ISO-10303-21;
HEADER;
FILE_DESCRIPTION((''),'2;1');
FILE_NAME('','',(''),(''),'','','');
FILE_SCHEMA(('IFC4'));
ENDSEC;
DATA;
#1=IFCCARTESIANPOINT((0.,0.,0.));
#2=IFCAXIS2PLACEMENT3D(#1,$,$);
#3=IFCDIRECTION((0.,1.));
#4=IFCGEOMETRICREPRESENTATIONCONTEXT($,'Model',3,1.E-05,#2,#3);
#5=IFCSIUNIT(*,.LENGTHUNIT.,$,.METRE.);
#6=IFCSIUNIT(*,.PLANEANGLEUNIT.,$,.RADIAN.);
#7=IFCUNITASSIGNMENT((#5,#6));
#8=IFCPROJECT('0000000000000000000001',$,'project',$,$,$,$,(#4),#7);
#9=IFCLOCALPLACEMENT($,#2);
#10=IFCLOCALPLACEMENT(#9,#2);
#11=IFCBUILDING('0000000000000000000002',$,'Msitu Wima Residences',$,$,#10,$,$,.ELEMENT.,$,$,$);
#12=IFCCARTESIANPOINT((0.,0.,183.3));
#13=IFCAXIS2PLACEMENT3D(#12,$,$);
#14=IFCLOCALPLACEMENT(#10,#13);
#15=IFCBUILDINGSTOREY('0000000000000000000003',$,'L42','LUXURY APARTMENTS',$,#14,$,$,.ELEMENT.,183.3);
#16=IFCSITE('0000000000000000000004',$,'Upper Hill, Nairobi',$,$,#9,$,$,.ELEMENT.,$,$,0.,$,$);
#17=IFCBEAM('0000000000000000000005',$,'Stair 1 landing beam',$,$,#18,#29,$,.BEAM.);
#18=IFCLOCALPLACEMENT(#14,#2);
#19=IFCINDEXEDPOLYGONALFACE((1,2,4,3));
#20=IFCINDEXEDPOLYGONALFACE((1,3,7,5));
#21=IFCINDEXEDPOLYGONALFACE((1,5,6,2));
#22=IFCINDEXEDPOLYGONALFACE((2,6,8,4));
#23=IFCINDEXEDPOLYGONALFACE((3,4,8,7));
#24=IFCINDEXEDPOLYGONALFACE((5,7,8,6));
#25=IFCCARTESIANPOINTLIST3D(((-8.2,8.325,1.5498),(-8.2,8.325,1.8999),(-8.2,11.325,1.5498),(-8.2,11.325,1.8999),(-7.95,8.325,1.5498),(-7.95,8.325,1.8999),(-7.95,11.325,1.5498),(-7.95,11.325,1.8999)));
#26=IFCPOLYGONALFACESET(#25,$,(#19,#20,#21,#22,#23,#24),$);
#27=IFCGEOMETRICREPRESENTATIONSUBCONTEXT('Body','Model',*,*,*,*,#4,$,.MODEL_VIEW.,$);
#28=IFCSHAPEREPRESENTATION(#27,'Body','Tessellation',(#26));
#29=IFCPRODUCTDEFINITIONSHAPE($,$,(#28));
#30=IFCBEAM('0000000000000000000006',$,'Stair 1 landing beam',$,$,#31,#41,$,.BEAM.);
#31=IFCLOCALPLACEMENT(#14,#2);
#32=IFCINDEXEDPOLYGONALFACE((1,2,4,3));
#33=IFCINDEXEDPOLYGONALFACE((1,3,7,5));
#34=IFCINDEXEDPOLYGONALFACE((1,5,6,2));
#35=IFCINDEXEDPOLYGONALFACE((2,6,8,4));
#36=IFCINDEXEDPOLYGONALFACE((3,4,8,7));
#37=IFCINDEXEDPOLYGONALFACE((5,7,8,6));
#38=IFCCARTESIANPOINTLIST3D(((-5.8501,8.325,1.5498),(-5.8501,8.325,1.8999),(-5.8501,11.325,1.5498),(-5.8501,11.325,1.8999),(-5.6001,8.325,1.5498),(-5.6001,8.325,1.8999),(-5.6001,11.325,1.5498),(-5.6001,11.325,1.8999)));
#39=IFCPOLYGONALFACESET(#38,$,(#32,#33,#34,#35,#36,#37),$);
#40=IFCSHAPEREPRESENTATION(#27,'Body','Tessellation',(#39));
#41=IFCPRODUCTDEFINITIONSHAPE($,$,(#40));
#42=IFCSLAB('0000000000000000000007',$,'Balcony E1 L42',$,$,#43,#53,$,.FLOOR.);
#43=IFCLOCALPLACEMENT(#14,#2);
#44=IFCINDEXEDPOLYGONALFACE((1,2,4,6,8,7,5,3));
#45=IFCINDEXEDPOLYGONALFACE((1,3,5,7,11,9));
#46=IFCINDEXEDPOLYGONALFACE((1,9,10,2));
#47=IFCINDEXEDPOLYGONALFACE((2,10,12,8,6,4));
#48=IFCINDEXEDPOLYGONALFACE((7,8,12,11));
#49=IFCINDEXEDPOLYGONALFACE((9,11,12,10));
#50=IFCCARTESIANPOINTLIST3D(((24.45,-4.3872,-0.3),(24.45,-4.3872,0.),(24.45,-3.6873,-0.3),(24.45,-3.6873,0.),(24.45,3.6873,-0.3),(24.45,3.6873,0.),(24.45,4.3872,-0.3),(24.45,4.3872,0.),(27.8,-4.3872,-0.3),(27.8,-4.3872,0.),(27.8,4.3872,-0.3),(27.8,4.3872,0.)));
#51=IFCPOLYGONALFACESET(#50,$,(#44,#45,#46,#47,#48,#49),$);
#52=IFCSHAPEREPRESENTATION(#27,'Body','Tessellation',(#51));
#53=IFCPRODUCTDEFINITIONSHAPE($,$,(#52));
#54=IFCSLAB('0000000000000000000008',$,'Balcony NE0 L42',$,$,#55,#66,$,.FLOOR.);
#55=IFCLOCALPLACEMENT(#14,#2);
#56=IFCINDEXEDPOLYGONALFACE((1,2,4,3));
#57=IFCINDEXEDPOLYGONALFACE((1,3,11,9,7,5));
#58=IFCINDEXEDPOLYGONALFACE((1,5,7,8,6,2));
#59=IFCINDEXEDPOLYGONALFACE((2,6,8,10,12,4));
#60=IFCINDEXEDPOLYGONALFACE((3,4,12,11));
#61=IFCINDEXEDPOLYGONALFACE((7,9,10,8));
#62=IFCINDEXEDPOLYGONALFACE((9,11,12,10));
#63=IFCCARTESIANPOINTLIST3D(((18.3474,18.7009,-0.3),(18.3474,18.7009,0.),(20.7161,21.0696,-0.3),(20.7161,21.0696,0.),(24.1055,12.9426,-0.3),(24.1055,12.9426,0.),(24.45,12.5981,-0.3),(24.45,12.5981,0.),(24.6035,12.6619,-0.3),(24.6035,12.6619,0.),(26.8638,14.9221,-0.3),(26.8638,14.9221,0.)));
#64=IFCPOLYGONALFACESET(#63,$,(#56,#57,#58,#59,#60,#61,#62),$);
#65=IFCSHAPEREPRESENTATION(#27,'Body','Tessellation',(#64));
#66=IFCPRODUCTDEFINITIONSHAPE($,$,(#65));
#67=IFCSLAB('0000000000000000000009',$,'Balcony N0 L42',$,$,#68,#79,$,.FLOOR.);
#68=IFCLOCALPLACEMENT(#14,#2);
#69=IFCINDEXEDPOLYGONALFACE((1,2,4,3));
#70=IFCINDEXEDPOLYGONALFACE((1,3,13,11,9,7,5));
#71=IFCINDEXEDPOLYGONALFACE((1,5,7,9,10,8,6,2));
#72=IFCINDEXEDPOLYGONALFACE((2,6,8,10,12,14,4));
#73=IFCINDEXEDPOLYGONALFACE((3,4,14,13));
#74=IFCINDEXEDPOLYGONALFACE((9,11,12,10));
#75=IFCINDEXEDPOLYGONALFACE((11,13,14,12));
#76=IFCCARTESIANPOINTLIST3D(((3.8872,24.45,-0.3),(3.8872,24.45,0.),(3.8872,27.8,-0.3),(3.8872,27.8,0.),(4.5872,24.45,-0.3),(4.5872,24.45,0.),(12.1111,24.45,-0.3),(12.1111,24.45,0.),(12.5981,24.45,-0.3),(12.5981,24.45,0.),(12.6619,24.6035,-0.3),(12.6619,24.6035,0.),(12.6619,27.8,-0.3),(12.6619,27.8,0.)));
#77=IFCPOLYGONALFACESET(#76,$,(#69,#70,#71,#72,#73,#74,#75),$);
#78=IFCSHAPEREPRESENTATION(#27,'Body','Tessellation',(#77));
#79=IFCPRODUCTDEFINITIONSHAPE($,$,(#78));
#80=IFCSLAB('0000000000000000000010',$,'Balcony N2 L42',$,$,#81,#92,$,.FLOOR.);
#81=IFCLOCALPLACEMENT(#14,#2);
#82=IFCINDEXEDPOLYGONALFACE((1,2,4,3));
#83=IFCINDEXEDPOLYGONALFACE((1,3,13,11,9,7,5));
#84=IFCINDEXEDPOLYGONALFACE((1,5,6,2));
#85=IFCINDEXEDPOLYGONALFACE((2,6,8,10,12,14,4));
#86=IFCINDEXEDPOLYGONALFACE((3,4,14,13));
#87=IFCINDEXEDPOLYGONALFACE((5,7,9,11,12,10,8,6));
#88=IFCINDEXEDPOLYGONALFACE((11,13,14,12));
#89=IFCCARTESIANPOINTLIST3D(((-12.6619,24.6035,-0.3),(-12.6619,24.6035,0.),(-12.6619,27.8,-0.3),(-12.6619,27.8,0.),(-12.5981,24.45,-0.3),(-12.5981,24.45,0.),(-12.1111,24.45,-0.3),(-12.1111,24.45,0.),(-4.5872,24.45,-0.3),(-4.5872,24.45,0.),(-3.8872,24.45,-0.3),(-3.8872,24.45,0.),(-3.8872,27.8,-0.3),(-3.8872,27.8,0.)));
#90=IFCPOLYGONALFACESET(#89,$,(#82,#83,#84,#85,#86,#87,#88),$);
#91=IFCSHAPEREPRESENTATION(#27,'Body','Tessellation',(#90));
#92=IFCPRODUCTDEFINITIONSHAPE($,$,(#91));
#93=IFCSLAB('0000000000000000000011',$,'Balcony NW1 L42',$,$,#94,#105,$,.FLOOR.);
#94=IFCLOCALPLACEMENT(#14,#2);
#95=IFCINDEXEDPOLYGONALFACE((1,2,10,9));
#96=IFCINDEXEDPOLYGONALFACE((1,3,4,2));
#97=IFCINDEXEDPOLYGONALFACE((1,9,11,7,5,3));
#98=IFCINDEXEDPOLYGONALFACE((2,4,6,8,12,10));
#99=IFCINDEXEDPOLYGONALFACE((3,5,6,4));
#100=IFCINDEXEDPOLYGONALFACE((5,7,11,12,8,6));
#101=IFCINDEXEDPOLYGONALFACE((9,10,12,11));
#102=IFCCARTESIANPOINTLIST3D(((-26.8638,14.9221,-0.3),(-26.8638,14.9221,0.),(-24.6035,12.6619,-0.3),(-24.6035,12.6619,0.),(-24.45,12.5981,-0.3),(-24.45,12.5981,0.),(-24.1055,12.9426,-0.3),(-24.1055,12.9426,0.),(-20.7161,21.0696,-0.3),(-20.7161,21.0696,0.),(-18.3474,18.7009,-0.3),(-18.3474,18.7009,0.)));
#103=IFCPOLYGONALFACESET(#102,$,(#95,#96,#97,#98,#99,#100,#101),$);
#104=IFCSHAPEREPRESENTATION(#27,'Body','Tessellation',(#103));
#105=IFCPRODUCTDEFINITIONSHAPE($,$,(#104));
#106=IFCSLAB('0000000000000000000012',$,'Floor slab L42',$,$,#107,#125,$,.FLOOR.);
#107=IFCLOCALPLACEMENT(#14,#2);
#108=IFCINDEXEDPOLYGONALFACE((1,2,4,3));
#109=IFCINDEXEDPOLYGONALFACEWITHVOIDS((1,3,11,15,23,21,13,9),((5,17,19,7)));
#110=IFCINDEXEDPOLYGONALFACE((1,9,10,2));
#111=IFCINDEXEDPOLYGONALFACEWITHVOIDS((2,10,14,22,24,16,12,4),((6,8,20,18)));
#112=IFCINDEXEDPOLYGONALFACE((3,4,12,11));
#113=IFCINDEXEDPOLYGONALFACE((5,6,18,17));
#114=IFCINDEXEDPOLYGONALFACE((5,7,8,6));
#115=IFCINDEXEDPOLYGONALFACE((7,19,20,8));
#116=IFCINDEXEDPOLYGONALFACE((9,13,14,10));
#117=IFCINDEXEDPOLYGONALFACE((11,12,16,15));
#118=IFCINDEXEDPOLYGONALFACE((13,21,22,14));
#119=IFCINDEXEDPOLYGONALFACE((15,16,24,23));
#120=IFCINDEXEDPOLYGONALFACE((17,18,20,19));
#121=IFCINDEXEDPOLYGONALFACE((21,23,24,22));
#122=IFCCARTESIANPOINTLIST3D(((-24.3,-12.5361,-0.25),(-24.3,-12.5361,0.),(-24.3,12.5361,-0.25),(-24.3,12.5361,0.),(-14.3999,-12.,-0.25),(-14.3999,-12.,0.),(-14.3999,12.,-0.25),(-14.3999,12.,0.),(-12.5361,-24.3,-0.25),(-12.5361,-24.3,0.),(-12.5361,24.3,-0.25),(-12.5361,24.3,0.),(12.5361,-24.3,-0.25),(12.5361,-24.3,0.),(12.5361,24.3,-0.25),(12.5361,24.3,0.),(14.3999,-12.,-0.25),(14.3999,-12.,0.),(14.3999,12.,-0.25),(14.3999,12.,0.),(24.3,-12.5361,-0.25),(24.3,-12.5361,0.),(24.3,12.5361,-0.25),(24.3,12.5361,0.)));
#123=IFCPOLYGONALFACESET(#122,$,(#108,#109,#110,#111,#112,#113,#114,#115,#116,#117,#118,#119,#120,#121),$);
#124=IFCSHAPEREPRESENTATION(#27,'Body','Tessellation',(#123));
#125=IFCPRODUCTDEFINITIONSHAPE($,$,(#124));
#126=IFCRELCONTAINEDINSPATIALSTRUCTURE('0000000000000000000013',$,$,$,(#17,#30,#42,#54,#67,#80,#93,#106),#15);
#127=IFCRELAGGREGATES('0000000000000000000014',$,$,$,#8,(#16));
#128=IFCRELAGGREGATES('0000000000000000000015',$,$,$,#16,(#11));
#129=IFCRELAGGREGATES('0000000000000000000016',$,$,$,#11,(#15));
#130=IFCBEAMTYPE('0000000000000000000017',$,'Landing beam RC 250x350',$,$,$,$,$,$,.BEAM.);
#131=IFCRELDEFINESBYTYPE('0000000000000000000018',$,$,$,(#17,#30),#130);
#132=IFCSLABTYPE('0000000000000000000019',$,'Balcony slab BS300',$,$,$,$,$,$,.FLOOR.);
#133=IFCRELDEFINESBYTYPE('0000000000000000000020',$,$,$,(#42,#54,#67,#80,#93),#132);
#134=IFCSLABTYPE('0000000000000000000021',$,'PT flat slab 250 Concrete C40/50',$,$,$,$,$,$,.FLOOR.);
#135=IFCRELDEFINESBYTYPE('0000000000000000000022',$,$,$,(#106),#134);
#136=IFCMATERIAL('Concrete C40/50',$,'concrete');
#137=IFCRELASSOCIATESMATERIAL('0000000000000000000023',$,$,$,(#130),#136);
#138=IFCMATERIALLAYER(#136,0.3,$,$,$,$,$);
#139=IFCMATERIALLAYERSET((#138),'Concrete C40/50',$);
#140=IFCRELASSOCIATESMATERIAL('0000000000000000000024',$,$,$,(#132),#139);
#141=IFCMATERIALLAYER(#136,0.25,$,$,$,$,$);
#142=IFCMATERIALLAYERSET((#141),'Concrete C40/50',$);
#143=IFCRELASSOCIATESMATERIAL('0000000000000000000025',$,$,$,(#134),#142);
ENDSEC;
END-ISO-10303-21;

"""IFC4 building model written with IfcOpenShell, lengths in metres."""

from ifc_helpers import new_model, si_unit, direction, frame, origin, origin_2d, place, context, subcontext, project, spatial, polyline, rectangle, outline, extrude, material, layer, layer_set, material_profile, profile_set, type_object, element, save


model = new_model("IFC4")

# Units and contexts
model_context = context("Model", 3, precision=1e-05, world=origin(), true_north=direction((0.0, 1.0)))
body_context = subcontext(model_context, "Body", "Model", "MODEL_VIEW")
ifc_project = project(units=[si_unit("LENGTHUNIT", "METRE"), si_unit("PLANEANGLEUNIT", "RADIAN")], contexts=[model_context])

# Site, building, storey
site_placement = place(None, origin())
site = spatial("IfcSite", under=ifc_project, at=site_placement, Name="Upper Hill, Nairobi", CompositionType="ELEMENT", RefElevation=0.0)
building_placement = place(site_placement, origin())
building = spatial("IfcBuilding", under=site, at=building_placement, Name="Msitu Wima Residences", CompositionType="ELEMENT")
storey_placement = place(building_placement, frame((0.0, 0.0, 183.3)))
storey = spatial("IfcBuildingStorey", under=building, at=storey_placement, Name="L42", Description="LUXURY APARTMENTS", CompositionType="ELEMENT", Elevation=183.3)

# Beams
ifc_material_1 = material(Name="Concrete C40/50", Category="concrete")
ifc_material_profile = material_profile(ifc_material_1, rectangle(XDim=0.25, YDim=0.3501, at=origin_2d()), Name="RC 250x350")
ifc_profile_set = profile_set([ifc_material_profile], Name="Concrete C40/50")
beam_type = type_object("IfcBeamType", Name="Landing beam RC 250x350", PredefinedType="BEAM", material=ifc_profile_set)
for number, where, z_axis, x_axis, name in (
    (1, (-8.075, 8.325, 1.7249), (0.0, 1.0, 0.0), (-1.0, 0.0, 0.0), "Stair 1 landing beam"),
    (2, (-5.7251, 8.325, 1.7249), (0.0, 1.0, 0.0), (-1.0, 0.0, 0.0), "Stair 1 landing beam"),
):
    element("IfcBeam", number, at=place(storey_placement, frame(where, z_axis=z_axis, x_axis=x_axis)), inside=storey, type_object=beam_type, Name=name, PredefinedType="BEAM", context=body_context, shape_type="SweptSolid", body=[
        extrude(rectangle(XDim=0.25, YDim=0.3501, at=origin_2d()), origin(), (0.0, 0.0, 1.0), 3.0),
    ])

# Slabs
ifc_layer_1 = layer(ifc_material_1, 0.3)
ifc_layer_set_1 = layer_set([ifc_layer_1], Name="Concrete C40/50")
slab_type_1 = type_object("IfcSlabType", Name="Balcony slab BS300", PredefinedType="FLOOR", material=ifc_layer_set_1)
slab_1_placement = place(storey_placement, frame((0.0, 0.0, -0.3)))
element("IfcSlab", 3, at=slab_1_placement, inside=storey, type_object=slab_type_1, Name="Balcony E1 L42", PredefinedType="FLOOR", context=body_context, shape_type="SweptSolid", body=[
    extrude(outline(polyline([(24.45, 3.6873), (24.45, 4.3872), (27.8, 4.3872), (27.8, -4.3872), (24.45, -4.3872), (24.45, -3.6873), (24.45, -3.6873), (24.45, 3.6873)])), origin(), (0.0, 0.0, 1.0), 0.3),
])
slab_2_placement = place(storey_placement, frame((0.0, 0.0, -0.3)))
element("IfcSlab", 4, at=slab_2_placement, inside=storey, type_object=slab_type_1, Name="Balcony NE0 L42", PredefinedType="FLOOR", context=body_context, shape_type="SweptSolid", body=[
    extrude(outline(polyline([(24.1055, 12.9426), (24.1055, 12.9426), (18.3474, 18.7009), (20.7161, 21.0696), (26.8638, 14.9221), (24.6035, 12.6619), (24.45, 12.5981), (24.1055, 12.9426), (24.1055, 12.9426)])), origin(), (0.0, 0.0, 1.0), 0.3),
])
slab_3_placement = place(storey_placement, frame((0.0, 0.0, -0.3)))
element("IfcSlab", 5, at=slab_3_placement, inside=storey, type_object=slab_type_1, Name="Balcony N0 L42", PredefinedType="FLOOR", context=body_context, shape_type="SweptSolid", body=[
    extrude(outline(polyline([(12.1111, 24.45), (12.1111, 24.45), (4.5872, 24.45), (3.8872, 24.45), (3.8872, 27.8), (12.6619, 27.8), (12.6619, 24.6035), (12.5981, 24.45), (12.1111, 24.45), (12.1111, 24.45)])), origin(), (0.0, 0.0, 1.0), 0.3),
])
slab_4_placement = place(storey_placement, frame((0.0, 0.0, -0.3)))
element("IfcSlab", 6, at=slab_4_placement, inside=storey, type_object=slab_type_1, Name="Balcony N2 L42", PredefinedType="FLOOR", context=body_context, shape_type="SweptSolid", body=[
    extrude(outline(polyline([(-12.1111, 24.45), (-12.1111, 24.45), (-12.1111, 24.45), (-12.5981, 24.45), (-12.6619, 24.6035), (-12.6619, 27.8), (-3.8872, 27.8), (-3.8872, 24.45), (-4.5872, 24.45), (-12.1111, 24.45)])), origin(), (0.0, 0.0, 1.0), 0.3),
])
slab_5_placement = place(storey_placement, frame((0.0, 0.0, -0.3)))
element("IfcSlab", 7, at=slab_5_placement, inside=storey, type_object=slab_type_1, Name="Balcony NW1 L42", PredefinedType="FLOOR", context=body_context, shape_type="SweptSolid", body=[
    extrude(outline(polyline([(-24.1055, 12.9426), (-24.1055, 12.9426), (-24.45, 12.5981), (-24.6035, 12.6619), (-26.8638, 14.9221), (-20.7161, 21.0696), (-18.3474, 18.7009), (-24.1055, 12.9426), (-24.1055, 12.9426)])), origin(), (0.0, 0.0, 1.0), 0.3),
])
ifc_layer_2 = layer(ifc_material_1, 0.25)
ifc_layer_set_2 = layer_set([ifc_layer_2], Name="Concrete C40/50")
slab_type_2 = type_object("IfcSlabType", Name="PT flat slab 250 Concrete C40/50", PredefinedType="FLOOR", material=ifc_layer_set_2)
slab_6_placement = place(storey_placement, frame((0.0, 0.0, -0.25)))
element("IfcSlab", 8, at=slab_6_placement, inside=storey, type_object=slab_type_2, Name="Floor slab L42", PredefinedType="FLOOR", context=body_context, shape_type="SweptSolid", body=[
    extrude(outline(polyline([(24.3, -12.5361), (12.5361, -24.3), (-12.5361, -24.3), (-24.3, -12.5361), (-24.3, 12.5361), (-12.5361, 24.3), (12.5361, 24.3), (24.3, 12.5361), (24.3, -12.5361)]), holes=[polyline([(-14.3999, -12.0), (14.3999, -12.0), (14.3999, 12.0), (-14.3999, 12.0), (-14.3999, -12.0)])]), origin(), (0.0, 0.0, 1.0), 0.25),
])

save(model, "model.ifc")
